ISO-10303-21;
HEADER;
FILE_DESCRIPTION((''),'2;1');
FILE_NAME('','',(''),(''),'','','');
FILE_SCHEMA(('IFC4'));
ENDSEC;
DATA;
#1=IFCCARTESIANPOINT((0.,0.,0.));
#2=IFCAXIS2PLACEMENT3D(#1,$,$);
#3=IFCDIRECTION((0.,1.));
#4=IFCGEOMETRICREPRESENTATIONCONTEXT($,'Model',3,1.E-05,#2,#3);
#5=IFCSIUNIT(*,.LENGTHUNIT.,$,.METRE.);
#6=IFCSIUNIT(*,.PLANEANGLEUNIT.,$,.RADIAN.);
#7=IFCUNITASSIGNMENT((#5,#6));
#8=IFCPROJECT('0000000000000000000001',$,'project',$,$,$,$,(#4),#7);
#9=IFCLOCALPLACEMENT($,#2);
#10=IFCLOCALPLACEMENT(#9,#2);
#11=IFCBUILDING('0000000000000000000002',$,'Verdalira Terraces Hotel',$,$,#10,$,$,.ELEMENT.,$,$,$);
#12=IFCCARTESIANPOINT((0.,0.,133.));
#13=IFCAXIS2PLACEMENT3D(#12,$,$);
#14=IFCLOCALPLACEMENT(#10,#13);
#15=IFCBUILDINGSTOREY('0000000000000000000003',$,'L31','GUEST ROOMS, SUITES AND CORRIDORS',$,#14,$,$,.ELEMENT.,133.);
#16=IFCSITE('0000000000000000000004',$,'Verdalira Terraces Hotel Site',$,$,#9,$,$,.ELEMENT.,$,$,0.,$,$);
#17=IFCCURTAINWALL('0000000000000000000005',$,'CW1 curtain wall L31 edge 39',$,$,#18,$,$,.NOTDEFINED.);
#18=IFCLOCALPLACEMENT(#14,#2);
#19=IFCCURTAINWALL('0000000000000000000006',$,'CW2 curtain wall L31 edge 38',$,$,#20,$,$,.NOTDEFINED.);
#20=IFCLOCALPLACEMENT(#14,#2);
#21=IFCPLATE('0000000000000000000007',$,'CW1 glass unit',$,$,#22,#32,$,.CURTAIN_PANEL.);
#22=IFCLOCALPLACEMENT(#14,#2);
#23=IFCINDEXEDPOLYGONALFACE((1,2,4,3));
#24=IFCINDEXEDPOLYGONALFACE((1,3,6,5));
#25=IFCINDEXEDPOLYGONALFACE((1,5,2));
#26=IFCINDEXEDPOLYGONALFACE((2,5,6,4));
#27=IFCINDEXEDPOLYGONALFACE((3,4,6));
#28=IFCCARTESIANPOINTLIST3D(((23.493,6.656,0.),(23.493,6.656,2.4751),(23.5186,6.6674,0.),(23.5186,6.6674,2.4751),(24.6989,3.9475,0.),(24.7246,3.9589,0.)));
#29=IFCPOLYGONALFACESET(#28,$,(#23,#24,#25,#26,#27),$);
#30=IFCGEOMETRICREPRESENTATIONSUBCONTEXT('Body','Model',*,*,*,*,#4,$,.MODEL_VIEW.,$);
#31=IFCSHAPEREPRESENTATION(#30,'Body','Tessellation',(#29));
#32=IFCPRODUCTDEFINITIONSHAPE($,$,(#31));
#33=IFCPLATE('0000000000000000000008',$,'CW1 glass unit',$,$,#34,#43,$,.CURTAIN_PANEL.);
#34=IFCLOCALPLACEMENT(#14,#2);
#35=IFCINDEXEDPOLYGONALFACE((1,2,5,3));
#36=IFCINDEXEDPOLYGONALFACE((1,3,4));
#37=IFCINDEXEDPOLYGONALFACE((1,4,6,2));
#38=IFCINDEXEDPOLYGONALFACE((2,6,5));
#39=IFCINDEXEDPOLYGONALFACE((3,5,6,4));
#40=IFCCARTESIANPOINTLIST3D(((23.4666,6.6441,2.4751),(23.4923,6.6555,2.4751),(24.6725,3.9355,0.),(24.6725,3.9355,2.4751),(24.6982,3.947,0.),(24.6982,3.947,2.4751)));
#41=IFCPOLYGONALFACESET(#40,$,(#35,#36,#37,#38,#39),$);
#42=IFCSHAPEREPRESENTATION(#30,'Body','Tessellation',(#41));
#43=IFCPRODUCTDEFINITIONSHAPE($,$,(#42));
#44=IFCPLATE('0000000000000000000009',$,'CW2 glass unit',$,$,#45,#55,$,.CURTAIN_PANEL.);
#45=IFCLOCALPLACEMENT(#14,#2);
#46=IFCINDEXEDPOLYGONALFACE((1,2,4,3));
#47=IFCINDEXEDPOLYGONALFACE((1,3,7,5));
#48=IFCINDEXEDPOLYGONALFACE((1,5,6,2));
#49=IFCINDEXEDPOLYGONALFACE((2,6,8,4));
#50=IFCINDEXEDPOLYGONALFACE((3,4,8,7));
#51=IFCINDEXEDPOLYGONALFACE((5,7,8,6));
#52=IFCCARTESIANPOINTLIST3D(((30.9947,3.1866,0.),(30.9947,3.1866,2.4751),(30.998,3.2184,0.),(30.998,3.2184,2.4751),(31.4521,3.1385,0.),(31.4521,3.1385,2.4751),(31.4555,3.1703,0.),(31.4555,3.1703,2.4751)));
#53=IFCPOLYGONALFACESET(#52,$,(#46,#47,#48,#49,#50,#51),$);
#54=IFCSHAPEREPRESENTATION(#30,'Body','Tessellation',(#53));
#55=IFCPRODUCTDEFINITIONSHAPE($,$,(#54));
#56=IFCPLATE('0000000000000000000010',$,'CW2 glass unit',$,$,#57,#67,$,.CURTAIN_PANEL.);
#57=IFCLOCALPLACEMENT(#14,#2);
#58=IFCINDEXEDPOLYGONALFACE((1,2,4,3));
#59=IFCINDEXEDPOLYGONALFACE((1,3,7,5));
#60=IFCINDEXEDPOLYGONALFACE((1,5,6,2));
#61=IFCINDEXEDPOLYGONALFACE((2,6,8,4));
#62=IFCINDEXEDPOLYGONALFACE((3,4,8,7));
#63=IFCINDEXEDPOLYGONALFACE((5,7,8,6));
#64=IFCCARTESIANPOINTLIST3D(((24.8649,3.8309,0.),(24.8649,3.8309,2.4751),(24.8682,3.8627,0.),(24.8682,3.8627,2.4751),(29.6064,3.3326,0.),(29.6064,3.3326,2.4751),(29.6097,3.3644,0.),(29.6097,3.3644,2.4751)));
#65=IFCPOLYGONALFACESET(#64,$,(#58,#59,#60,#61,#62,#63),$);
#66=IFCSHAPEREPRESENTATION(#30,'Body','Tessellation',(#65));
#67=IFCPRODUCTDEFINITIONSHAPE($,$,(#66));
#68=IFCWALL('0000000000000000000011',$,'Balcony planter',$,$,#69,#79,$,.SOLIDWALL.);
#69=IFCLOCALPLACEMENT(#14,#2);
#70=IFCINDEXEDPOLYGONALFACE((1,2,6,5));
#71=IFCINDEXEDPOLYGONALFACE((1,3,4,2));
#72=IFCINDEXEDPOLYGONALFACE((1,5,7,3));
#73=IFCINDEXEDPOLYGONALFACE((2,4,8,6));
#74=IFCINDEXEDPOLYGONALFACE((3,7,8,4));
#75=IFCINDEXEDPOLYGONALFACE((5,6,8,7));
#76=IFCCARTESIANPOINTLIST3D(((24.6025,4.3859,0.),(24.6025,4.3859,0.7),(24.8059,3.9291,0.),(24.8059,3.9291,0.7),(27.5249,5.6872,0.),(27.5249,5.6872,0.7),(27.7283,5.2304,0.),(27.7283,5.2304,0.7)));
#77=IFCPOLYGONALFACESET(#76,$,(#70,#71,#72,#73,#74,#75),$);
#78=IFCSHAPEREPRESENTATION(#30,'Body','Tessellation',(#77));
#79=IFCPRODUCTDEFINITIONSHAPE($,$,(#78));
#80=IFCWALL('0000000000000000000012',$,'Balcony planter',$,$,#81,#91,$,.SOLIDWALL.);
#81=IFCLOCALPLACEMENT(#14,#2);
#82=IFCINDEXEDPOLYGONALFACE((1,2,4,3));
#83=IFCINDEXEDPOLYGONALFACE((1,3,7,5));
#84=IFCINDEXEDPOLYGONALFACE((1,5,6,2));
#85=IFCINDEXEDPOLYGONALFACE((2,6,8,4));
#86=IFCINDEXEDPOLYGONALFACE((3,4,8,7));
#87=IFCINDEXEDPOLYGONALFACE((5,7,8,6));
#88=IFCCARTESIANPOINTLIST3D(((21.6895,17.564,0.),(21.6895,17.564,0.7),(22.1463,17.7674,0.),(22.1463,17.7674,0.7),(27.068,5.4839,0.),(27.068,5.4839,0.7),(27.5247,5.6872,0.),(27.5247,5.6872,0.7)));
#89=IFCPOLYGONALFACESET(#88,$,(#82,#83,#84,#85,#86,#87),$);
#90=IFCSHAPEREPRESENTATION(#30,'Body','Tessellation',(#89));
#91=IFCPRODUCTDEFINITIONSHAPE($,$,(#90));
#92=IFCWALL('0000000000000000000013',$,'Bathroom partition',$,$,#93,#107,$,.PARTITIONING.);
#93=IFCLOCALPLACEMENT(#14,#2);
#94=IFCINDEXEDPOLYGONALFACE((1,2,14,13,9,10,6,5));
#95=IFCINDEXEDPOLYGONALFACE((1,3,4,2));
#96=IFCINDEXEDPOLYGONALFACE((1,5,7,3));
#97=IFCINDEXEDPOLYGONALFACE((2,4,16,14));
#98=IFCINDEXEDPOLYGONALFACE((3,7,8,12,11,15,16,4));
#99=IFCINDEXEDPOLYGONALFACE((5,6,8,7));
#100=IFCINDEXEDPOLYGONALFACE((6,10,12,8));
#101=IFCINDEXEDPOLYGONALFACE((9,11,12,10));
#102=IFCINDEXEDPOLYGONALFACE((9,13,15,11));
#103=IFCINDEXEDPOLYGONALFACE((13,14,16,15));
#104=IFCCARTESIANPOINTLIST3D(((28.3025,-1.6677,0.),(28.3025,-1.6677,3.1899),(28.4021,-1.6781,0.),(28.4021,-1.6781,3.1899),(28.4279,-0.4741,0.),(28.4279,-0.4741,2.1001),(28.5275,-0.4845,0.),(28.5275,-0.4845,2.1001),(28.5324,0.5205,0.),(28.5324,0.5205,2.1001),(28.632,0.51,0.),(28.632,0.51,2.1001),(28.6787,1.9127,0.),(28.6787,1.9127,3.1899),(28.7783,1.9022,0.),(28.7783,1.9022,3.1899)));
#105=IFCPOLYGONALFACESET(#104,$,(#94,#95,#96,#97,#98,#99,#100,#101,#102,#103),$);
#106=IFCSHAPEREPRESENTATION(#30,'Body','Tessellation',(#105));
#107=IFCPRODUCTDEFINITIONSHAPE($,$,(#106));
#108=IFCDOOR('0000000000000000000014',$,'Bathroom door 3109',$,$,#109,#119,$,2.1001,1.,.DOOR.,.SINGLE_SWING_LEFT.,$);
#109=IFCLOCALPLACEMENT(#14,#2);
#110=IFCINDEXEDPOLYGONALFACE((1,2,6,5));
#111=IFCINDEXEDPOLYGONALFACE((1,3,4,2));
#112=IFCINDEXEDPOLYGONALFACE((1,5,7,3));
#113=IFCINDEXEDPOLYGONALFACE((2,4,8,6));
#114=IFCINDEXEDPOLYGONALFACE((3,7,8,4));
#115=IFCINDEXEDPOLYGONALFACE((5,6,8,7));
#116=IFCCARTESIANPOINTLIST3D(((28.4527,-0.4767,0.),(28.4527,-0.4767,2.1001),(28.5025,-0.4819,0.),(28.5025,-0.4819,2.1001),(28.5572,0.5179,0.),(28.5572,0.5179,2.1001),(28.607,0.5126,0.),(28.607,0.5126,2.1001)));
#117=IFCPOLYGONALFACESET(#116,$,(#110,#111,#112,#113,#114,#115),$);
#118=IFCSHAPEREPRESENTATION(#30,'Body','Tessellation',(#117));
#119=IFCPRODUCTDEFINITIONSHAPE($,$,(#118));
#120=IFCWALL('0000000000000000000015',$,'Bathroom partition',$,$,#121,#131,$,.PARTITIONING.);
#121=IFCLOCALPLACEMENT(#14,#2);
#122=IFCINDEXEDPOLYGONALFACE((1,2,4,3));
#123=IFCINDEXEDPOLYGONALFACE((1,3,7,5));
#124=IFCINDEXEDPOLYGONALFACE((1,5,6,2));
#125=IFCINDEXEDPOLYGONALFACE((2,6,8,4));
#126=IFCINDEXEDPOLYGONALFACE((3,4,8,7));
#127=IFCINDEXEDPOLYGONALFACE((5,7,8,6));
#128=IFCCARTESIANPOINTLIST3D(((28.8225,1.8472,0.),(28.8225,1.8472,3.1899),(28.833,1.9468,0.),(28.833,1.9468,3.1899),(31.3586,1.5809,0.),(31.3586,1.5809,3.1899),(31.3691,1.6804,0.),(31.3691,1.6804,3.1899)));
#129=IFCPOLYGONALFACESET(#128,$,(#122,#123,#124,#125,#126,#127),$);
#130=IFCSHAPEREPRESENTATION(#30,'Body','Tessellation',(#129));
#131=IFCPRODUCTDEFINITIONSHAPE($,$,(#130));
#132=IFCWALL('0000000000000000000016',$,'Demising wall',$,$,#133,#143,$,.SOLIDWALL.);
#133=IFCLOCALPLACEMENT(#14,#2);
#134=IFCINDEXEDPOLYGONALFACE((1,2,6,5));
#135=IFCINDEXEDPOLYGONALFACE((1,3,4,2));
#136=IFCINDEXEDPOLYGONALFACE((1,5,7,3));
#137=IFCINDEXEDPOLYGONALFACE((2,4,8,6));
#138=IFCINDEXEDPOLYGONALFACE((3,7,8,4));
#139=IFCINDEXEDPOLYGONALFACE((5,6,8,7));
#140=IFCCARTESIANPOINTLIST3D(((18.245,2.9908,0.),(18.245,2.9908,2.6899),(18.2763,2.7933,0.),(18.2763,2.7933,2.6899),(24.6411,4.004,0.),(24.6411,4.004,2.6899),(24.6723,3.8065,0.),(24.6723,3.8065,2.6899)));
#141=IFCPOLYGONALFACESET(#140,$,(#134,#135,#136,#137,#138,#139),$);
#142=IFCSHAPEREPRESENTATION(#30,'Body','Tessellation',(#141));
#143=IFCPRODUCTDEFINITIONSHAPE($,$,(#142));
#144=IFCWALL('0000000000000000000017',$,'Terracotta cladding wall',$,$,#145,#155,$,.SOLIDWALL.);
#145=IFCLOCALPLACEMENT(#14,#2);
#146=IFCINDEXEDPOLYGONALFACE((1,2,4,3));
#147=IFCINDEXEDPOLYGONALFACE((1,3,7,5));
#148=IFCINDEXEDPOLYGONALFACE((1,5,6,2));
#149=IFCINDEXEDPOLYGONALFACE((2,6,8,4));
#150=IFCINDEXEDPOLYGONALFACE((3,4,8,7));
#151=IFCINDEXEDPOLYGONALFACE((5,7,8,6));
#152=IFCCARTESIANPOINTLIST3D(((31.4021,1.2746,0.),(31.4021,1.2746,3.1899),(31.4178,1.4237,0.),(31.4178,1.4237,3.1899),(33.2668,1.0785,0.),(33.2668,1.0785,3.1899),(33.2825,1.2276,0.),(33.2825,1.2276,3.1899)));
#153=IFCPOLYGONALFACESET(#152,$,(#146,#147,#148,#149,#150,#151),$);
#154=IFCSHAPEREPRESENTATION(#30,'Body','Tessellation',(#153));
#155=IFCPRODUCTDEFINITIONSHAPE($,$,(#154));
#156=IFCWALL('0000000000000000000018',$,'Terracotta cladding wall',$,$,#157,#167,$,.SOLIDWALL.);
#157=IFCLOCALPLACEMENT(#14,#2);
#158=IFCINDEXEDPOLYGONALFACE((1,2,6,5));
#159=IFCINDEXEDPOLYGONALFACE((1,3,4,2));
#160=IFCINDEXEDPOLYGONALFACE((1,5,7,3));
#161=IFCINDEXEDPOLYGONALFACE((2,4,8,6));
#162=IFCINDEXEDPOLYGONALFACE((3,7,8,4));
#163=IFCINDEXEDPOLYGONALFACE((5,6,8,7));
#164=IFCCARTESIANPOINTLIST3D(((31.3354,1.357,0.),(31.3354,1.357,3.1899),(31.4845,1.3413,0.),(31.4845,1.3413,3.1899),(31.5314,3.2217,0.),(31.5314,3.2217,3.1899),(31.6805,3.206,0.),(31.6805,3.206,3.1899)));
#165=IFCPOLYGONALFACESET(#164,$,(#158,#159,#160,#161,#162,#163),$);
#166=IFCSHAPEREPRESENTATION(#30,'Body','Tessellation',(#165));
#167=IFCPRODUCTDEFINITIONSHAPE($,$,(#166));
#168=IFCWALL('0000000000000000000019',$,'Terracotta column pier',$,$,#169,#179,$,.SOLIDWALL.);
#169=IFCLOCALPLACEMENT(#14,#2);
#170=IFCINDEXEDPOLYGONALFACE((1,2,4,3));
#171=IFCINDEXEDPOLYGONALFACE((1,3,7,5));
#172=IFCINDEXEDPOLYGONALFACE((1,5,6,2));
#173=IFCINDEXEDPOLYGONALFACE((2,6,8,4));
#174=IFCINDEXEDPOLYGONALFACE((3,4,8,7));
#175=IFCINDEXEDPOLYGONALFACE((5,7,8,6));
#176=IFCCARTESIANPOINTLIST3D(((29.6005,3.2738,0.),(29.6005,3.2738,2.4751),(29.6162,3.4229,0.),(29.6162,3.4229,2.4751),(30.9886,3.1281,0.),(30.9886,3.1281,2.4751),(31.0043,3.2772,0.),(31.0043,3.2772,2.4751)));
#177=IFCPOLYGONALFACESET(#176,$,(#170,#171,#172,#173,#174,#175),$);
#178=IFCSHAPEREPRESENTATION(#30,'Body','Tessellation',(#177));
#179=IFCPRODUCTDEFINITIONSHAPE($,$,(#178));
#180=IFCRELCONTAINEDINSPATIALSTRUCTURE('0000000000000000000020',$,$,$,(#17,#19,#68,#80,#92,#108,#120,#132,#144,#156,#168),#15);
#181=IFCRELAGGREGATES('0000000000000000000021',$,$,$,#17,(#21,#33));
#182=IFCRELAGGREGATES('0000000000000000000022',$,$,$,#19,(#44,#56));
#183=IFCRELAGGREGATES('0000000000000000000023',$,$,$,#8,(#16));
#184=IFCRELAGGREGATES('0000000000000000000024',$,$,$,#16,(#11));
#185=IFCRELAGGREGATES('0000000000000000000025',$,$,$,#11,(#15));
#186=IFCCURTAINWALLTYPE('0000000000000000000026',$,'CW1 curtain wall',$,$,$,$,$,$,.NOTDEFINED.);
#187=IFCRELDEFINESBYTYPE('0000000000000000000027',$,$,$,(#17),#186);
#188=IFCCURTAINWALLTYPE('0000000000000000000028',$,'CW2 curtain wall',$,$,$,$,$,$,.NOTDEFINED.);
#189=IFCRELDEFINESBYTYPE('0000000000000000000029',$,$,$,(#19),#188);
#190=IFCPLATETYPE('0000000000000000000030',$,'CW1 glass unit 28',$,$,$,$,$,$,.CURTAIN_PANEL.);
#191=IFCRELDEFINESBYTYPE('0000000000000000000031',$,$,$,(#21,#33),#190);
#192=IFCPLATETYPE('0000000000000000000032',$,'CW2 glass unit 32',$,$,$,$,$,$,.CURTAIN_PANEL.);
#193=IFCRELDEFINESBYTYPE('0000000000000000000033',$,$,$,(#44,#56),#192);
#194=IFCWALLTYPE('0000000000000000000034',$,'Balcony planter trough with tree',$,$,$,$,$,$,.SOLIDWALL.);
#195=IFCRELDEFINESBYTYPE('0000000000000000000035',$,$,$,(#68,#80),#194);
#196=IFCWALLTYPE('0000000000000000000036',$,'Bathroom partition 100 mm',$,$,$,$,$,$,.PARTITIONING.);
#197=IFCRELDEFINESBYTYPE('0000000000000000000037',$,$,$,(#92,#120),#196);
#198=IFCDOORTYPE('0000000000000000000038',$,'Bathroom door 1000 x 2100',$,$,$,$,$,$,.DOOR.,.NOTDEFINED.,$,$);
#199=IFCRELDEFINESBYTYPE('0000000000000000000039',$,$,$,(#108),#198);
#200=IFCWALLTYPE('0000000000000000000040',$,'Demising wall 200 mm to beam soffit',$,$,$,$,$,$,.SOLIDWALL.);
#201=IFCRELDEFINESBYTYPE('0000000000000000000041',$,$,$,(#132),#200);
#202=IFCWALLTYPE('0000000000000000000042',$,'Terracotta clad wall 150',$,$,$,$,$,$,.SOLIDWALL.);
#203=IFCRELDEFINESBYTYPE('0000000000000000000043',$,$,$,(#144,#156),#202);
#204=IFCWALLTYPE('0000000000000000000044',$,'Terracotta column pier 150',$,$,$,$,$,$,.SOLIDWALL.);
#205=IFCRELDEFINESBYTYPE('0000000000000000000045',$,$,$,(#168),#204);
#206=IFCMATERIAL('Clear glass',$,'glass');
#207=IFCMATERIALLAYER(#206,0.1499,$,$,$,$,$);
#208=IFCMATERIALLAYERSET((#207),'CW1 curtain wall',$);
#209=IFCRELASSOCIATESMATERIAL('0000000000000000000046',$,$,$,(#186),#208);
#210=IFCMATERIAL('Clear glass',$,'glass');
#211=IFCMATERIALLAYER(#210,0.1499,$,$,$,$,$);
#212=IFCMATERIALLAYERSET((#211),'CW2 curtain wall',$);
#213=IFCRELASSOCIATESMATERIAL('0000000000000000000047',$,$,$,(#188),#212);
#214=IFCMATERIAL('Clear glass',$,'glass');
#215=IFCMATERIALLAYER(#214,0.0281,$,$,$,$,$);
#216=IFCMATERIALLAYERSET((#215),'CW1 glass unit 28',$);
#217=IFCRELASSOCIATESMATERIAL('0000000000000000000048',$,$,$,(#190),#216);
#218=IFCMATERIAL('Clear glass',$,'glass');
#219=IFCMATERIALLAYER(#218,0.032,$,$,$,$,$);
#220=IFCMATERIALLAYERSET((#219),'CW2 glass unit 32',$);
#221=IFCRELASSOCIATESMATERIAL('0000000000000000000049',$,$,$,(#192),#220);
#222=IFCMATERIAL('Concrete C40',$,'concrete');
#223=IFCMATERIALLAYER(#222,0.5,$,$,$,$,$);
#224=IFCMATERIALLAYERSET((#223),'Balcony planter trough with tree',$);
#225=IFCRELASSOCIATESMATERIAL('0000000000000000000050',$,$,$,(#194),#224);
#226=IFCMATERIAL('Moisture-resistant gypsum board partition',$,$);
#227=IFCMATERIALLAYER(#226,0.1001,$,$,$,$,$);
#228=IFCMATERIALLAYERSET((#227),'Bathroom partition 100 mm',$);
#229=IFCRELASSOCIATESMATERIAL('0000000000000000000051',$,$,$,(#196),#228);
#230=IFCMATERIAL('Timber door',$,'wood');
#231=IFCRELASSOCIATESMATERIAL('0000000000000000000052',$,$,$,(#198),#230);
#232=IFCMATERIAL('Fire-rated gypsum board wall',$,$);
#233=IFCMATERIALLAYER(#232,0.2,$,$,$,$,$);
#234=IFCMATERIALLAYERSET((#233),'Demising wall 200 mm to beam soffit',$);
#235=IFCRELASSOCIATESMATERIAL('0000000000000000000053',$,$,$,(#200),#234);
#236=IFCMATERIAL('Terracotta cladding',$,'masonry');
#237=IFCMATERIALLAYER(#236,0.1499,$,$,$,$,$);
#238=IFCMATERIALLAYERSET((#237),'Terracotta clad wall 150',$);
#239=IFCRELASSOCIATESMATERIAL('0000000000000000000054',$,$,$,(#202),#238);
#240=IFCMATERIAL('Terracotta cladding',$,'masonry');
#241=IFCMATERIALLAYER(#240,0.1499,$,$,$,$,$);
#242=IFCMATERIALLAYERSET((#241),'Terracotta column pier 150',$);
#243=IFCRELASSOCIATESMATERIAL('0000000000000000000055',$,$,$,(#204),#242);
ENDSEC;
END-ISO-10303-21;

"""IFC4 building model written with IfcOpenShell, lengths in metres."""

from ifc_helpers import new_model, si_unit, direction, frame, frame_2d, origin, origin_2d, place, context, subcontext, project, spatial, polyline, rectangle, outline, extrude, material, layer, layer_set, type_object, element, fill, aggregate, save


model = new_model("IFC4")

# Units and contexts
model_context = context("Model", 3, precision=1e-05, world=origin(), true_north=direction((0.0, 1.0)))
body_context = subcontext(model_context, "Body", "Model", "MODEL_VIEW")
ifc_project = project(units=[si_unit("LENGTHUNIT", "METRE"), si_unit("PLANEANGLEUNIT", "RADIAN")], contexts=[model_context])

# Site, building, storey
site_placement = place(None, origin())
site = spatial("IfcSite", under=ifc_project, at=site_placement, Name="Verdalira Terraces Hotel Site", CompositionType="ELEMENT", RefElevation=0.0)
building_placement = place(site_placement, origin())
building = spatial("IfcBuilding", under=site, at=building_placement, Name="Verdalira Terraces Hotel", CompositionType="ELEMENT")
storey_placement = place(building_placement, frame((0.0, 0.0, 133.0)))
storey = spatial("IfcBuildingStorey", under=building, at=storey_placement, Name="L31", Description="GUEST ROOMS, SUITES AND CORRIDORS", CompositionType="ELEMENT", Elevation=133.0)

# Curtain walls
ifc_material_1 = material(Name="Clear glass", Category="glass")
ifc_layer_1 = layer(ifc_material_1, 0.1499)
ifc_layer_set_1 = layer_set([ifc_layer_1], Name="CW1 curtain wall")
curtain_wall_type_1 = type_object("IfcCurtainWallType", Name="CW1 curtain wall", PredefinedType="NOTDEFINED", material=ifc_layer_set_1)
curtain_wall_1_placement = place(storey_placement, origin())
curtain_wall_1 = element("IfcCurtainWall", 1, at=curtain_wall_1_placement, inside=storey, type_object=curtain_wall_type_1, Name="CW1 curtain wall L31 edge 39", PredefinedType="NOTDEFINED")
ifc_material_2 = material(Name="Clear glass", Category="glass")
ifc_layer_2 = layer(ifc_material_2, 0.1499)
ifc_layer_set_2 = layer_set([ifc_layer_2], Name="CW2 curtain wall")
curtain_wall_type_2 = type_object("IfcCurtainWallType", Name="CW2 curtain wall", PredefinedType="NOTDEFINED", material=ifc_layer_set_2)
curtain_wall_2_placement = place(storey_placement, origin())
curtain_wall_2 = element("IfcCurtainWall", 2, at=curtain_wall_2_placement, inside=storey, type_object=curtain_wall_type_2, Name="CW2 curtain wall L31 edge 38", PredefinedType="NOTDEFINED")

# Plates
ifc_material_3 = material(Name="Clear glass", Category="glass")
ifc_layer_3 = layer(ifc_material_3, 0.0281)
ifc_layer_set_3 = layer_set([ifc_layer_3], Name="CW1 glass unit 28")
plate_type_1 = type_object("IfcPlateType", Name="CW1 glass unit 28", PredefinedType="CURTAIN_PANEL", material=ifc_layer_set_3)
plate_1_placement = place(storey_placement, frame((24.0959, 5.3018, 1.2375), z_axis=(0.913545, 0.406737, 0.0), x_axis=(-0.406737, 0.913545, 0.0)))
plate_1 = element("IfcPlate", 3, at=plate_1_placement, type_object=plate_type_1, Name="CW1 glass unit", PredefinedType="CURTAIN_PANEL", context=body_context, shape_type="SweptSolid", body=[
    extrude(outline(polyline([(-1.4824, -1.2375), (1.4824, -1.2375), (1.4824, 1.2375), (-1.4824, -1.2375)])), origin(), (0.0, 0.0, 1.0), 0.0281),
])
plate_2_placement = place(storey_placement, frame((24.0696, 5.2898, 1.2375), z_axis=(0.913545, 0.406737, 0.0), x_axis=(-0.406737, 0.913545, 0.0)))
plate_2 = element("IfcPlate", 4, at=plate_2_placement, type_object=plate_type_1, Name="CW1 glass unit", PredefinedType="CURTAIN_PANEL", context=body_context, shape_type="SweptSolid", body=[
    extrude(outline(polyline([(-1.4824, -1.2375), (1.4824, 1.2375), (-1.4824, 1.2375), (-1.4824, -1.2375)])), origin(), (0.0, 0.0, 1.0), 0.0281),
])
aggregate(curtain_wall_1, [plate_1, plate_2])
ifc_material_4 = material(Name="Clear glass", Category="glass")
ifc_layer_4 = layer(ifc_material_4, 0.032)
ifc_layer_set_4 = layer_set([ifc_layer_4], Name="CW2 glass unit 32")
plate_type_2 = type_object("IfcPlateType", Name="CW2 glass unit 32", PredefinedType="CURTAIN_PANEL", material=ifc_layer_set_4)
plate_3_placement = place(storey_placement, frame((31.2251, 3.1785, 0.0), z_axis=(0.0, 0.0, 1.0), x_axis=(-0.994522, 0.104528, 0.0)))
plate_3 = element("IfcPlate", 5, at=plate_3_placement, type_object=plate_type_2, Name="CW2 glass unit", PredefinedType="CURTAIN_PANEL", context=body_context, shape_type="SweptSolid", body=[
    extrude(rectangle(XDim=0.46, YDim=0.032, at=origin_2d()), origin(), (0.0, 0.0, 1.0), 2.4751),
])
plate_4_placement = place(storey_placement, frame((27.2373, 3.5977, 0.0), z_axis=(0.0, 0.0, 1.0), x_axis=(-0.994522, 0.104528, 0.0)))
plate_4 = element("IfcPlate", 6, at=plate_4_placement, type_object=plate_type_2, Name="CW2 glass unit", PredefinedType="CURTAIN_PANEL", context=body_context, shape_type="SweptSolid", body=[
    extrude(rectangle(XDim=4.7676, YDim=0.032, at=origin_2d()), origin(), (0.0, 0.0, 1.0), 2.4751),
])
aggregate(curtain_wall_2, [plate_3, plate_4])

# Walls
ifc_material_5 = material(Name="Concrete C40", Category="concrete")
ifc_layer_5 = layer(ifc_material_5, 0.5)
ifc_layer_set_5 = layer_set([ifc_layer_5], Name="Balcony planter trough with tree")
wall_type_1 = type_object("IfcWallType", Name="Balcony planter trough with tree", PredefinedType="SOLIDWALL", material=ifc_layer_set_5)
wall_1_placement = place(storey_placement, frame((24.7041, 4.1575, 0.0), z_axis=(0.0, 0.0, 1.0), x_axis=(0.913528, 0.406776, 0.0)))
element("IfcWall", 7, at=wall_1_placement, inside=storey, type_object=wall_type_1, Name="Balcony planter", PredefinedType="SOLIDWALL", context=body_context, shape_type="SweptSolid", body=[
    extrude(rectangle(XDim=3.199, YDim=0.5, at=frame_2d((1.5996, 0.0))), origin(), (0.0, 0.0, 1.0), 0.7),
])
wall_2_placement = place(storey_placement, frame((27.2964, 5.5854, 0.0), z_axis=(0.0, 0.0, 1.0), x_axis=(-0.406738, 0.913545, 0.0)))
element("IfcWall", 8, at=wall_2_placement, inside=storey, type_object=wall_type_1, Name="Balcony planter", PredefinedType="SOLIDWALL", context=body_context, shape_type="SweptSolid", body=[
    extrude(rectangle(XDim=13.2234, YDim=0.5, at=frame_2d((6.6118, 0.0))), origin(), (0.0, 0.0, 1.0), 0.7),
])

# Wall, opening, door
ifc_material_6 = material(Name="Moisture-resistant gypsum board partition")
ifc_layer_6 = layer(ifc_material_6, 0.1001)
ifc_layer_set_6 = layer_set([ifc_layer_6], Name="Bathroom partition 100 mm")
wall_type_2 = type_object("IfcWallType", Name="Bathroom partition 100 mm", PredefinedType="PARTITIONING", material=ifc_layer_set_6)
wall_3_placement = place(storey_placement, frame((28.7285, 1.9075, 0.0), z_axis=(0.0, 0.0, 1.0), x_axis=(-0.104505, -0.994524, 0.0)))
wall_3 = element("IfcWall", 9, at=wall_3_placement, inside=storey, type_object=wall_type_2, Name="Bathroom partition", PredefinedType="PARTITIONING", context=body_context, shape_type="SweptSolid", body=[
    extrude(rectangle(XDim=3.6001, YDim=0.1001, at=frame_2d((1.8, 0.0))), origin(), (0.0, 0.0, 1.0), 3.1899),
])
opening_1_placement = place(wall_3_placement, frame((1.3999, 0.0, 0.0)))
opening_1 = element("IfcOpeningElement", 10, at=opening_1_placement, cuts=wall_3, PredefinedType="OPENING", context=body_context, shape_type="SweptSolid", body=[
    extrude(rectangle(XDim=1.0, YDim=2.1001, at=frame_2d((0.5, 1.05))), frame((0.0, 0.0601, 0.0), z_axis=(0.0, -1.0, 0.0), x_axis=(1.0, 0.0, 0.0)), (0.0, 0.0, 1.0), 0.1201),
])
ifc_material_7 = material(Name="Timber door", Category="wood")
door_type_1 = type_object("IfcDoorType", Name="Bathroom door 1000 x 2100", OperationType="NOTDEFINED", PredefinedType="DOOR", material=ifc_material_7)
door_1_placement = place(opening_1_placement, origin())
door_1 = element("IfcDoor", 11, at=door_1_placement, inside=storey, type_object=door_type_1, Name="Bathroom door 3109", OperationType="SINGLE_SWING_LEFT", OverallHeight=2.1001, OverallWidth=1.0, PredefinedType="DOOR", context=body_context, shape_type="SweptSolid", body=[
    extrude(rectangle(XDim=1.0, YDim=2.1001, at=frame_2d((0.5, 1.05))), frame((0.0, 0.0249, 0.0), z_axis=(0.0, -1.0, 0.0), x_axis=(1.0, 0.0, 0.0)), (0.0, 0.0, 1.0), 0.05),
])
fill(opening_1, door_1)

# Walls
wall_4_placement = place(storey_placement, frame((28.8279, 1.897, 0.0), z_axis=(0.0, 0.0, 1.0), x_axis=(0.99453, -0.104451, 0.0)))
element("IfcWall", 12, at=wall_4_placement, inside=storey, type_object=wall_type_2, Name="Bathroom partition", PredefinedType="PARTITIONING", context=body_context, shape_type="SweptSolid", body=[
    extrude(rectangle(XDim=2.55, YDim=0.1001, at=frame_2d((1.2749, 0.0))), origin(), (0.0, 0.0, 1.0), 3.1899),
])
ifc_material_8 = material(Name="Fire-rated gypsum board wall")
ifc_layer_7 = layer(ifc_material_8, 0.2)
ifc_layer_set_7 = layer_set([ifc_layer_7], Name="Demising wall 200 mm to beam soffit")
wall_type_3 = type_object("IfcWallType", Name="Demising wall 200 mm to beam soffit", PredefinedType="SOLIDWALL", material=ifc_layer_set_7)
wall_5_placement = place(storey_placement, frame((18.2607, 2.8921, 0.0), z_axis=(0.0, 0.0, 1.0), x_axis=(0.987685, 0.156458, 0.0)))
element("IfcWall", 13, at=wall_5_placement, inside=storey, type_object=wall_type_3, Name="Demising wall", PredefinedType="SOLIDWALL", context=body_context, shape_type="SweptSolid", body=[
    extrude(rectangle(XDim=6.4758, YDim=0.2, at=frame_2d((3.2378, 0.0))), origin(), (0.0, 0.0, 1.0), 2.6899),
])
ifc_material_9 = material(Name="Terracotta cladding", Category="masonry")
ifc_layer_8 = layer(ifc_material_9, 0.1499)
ifc_layer_set_8 = layer_set([ifc_layer_8], Name="Terracotta clad wall 150")
wall_type_4 = type_object("IfcWallType", Name="Terracotta clad wall 150", PredefinedType="SOLIDWALL", material=ifc_layer_set_8)
for number, where, z_axis, x_axis, name in (
    (14, (33.2747, 1.1531, 0.0), (0.0, 0.0, 1.0), (-0.994519, 0.104556, 0.0), "Terracotta cladding wall"),
    (15, (31.4099, 1.3491, 0.0), (0.0, 0.0, 1.0), (0.104556, 0.994519, 0.0), "Terracotta cladding wall"),
):
    element("IfcWall", number, at=place(storey_placement, frame(where, z_axis=z_axis, x_axis=x_axis)), inside=storey, type_object=wall_type_4, Name=name, PredefinedType="SOLIDWALL", context=body_context, shape_type="SweptSolid", body=[
        extrude(rectangle(XDim=1.875, YDim=0.1499, at=frame_2d((0.9375, 0.0))), origin(), (0.0, 0.0, 1.0), 3.1899),
    ])
ifc_material_10 = material(Name="Terracotta cladding", Category="masonry")
ifc_layer_9 = layer(ifc_material_10, 0.1499)
ifc_layer_set_9 = layer_set([ifc_layer_9], Name="Terracotta column pier 150")
wall_type_5 = type_object("IfcWallType", Name="Terracotta column pier 150", PredefinedType="SOLIDWALL", material=ifc_layer_set_9)
wall_6_placement = place(storey_placement, frame((30.9963, 3.2026, 0.0), z_axis=(0.0, 0.0, 1.0), x_axis=(-0.994533, 0.104421, 0.0)))
element("IfcWall", 16, at=wall_6_placement, inside=storey, type_object=wall_type_5, Name="Terracotta column pier", PredefinedType="SOLIDWALL", context=body_context, shape_type="SweptSolid", body=[
    extrude(rectangle(XDim=1.3958, YDim=0.1499, at=frame_2d((0.6978, 0.0))), origin(), (0.0, 0.0, 1.0), 2.4751),
])

save(model, "model.ifc")
